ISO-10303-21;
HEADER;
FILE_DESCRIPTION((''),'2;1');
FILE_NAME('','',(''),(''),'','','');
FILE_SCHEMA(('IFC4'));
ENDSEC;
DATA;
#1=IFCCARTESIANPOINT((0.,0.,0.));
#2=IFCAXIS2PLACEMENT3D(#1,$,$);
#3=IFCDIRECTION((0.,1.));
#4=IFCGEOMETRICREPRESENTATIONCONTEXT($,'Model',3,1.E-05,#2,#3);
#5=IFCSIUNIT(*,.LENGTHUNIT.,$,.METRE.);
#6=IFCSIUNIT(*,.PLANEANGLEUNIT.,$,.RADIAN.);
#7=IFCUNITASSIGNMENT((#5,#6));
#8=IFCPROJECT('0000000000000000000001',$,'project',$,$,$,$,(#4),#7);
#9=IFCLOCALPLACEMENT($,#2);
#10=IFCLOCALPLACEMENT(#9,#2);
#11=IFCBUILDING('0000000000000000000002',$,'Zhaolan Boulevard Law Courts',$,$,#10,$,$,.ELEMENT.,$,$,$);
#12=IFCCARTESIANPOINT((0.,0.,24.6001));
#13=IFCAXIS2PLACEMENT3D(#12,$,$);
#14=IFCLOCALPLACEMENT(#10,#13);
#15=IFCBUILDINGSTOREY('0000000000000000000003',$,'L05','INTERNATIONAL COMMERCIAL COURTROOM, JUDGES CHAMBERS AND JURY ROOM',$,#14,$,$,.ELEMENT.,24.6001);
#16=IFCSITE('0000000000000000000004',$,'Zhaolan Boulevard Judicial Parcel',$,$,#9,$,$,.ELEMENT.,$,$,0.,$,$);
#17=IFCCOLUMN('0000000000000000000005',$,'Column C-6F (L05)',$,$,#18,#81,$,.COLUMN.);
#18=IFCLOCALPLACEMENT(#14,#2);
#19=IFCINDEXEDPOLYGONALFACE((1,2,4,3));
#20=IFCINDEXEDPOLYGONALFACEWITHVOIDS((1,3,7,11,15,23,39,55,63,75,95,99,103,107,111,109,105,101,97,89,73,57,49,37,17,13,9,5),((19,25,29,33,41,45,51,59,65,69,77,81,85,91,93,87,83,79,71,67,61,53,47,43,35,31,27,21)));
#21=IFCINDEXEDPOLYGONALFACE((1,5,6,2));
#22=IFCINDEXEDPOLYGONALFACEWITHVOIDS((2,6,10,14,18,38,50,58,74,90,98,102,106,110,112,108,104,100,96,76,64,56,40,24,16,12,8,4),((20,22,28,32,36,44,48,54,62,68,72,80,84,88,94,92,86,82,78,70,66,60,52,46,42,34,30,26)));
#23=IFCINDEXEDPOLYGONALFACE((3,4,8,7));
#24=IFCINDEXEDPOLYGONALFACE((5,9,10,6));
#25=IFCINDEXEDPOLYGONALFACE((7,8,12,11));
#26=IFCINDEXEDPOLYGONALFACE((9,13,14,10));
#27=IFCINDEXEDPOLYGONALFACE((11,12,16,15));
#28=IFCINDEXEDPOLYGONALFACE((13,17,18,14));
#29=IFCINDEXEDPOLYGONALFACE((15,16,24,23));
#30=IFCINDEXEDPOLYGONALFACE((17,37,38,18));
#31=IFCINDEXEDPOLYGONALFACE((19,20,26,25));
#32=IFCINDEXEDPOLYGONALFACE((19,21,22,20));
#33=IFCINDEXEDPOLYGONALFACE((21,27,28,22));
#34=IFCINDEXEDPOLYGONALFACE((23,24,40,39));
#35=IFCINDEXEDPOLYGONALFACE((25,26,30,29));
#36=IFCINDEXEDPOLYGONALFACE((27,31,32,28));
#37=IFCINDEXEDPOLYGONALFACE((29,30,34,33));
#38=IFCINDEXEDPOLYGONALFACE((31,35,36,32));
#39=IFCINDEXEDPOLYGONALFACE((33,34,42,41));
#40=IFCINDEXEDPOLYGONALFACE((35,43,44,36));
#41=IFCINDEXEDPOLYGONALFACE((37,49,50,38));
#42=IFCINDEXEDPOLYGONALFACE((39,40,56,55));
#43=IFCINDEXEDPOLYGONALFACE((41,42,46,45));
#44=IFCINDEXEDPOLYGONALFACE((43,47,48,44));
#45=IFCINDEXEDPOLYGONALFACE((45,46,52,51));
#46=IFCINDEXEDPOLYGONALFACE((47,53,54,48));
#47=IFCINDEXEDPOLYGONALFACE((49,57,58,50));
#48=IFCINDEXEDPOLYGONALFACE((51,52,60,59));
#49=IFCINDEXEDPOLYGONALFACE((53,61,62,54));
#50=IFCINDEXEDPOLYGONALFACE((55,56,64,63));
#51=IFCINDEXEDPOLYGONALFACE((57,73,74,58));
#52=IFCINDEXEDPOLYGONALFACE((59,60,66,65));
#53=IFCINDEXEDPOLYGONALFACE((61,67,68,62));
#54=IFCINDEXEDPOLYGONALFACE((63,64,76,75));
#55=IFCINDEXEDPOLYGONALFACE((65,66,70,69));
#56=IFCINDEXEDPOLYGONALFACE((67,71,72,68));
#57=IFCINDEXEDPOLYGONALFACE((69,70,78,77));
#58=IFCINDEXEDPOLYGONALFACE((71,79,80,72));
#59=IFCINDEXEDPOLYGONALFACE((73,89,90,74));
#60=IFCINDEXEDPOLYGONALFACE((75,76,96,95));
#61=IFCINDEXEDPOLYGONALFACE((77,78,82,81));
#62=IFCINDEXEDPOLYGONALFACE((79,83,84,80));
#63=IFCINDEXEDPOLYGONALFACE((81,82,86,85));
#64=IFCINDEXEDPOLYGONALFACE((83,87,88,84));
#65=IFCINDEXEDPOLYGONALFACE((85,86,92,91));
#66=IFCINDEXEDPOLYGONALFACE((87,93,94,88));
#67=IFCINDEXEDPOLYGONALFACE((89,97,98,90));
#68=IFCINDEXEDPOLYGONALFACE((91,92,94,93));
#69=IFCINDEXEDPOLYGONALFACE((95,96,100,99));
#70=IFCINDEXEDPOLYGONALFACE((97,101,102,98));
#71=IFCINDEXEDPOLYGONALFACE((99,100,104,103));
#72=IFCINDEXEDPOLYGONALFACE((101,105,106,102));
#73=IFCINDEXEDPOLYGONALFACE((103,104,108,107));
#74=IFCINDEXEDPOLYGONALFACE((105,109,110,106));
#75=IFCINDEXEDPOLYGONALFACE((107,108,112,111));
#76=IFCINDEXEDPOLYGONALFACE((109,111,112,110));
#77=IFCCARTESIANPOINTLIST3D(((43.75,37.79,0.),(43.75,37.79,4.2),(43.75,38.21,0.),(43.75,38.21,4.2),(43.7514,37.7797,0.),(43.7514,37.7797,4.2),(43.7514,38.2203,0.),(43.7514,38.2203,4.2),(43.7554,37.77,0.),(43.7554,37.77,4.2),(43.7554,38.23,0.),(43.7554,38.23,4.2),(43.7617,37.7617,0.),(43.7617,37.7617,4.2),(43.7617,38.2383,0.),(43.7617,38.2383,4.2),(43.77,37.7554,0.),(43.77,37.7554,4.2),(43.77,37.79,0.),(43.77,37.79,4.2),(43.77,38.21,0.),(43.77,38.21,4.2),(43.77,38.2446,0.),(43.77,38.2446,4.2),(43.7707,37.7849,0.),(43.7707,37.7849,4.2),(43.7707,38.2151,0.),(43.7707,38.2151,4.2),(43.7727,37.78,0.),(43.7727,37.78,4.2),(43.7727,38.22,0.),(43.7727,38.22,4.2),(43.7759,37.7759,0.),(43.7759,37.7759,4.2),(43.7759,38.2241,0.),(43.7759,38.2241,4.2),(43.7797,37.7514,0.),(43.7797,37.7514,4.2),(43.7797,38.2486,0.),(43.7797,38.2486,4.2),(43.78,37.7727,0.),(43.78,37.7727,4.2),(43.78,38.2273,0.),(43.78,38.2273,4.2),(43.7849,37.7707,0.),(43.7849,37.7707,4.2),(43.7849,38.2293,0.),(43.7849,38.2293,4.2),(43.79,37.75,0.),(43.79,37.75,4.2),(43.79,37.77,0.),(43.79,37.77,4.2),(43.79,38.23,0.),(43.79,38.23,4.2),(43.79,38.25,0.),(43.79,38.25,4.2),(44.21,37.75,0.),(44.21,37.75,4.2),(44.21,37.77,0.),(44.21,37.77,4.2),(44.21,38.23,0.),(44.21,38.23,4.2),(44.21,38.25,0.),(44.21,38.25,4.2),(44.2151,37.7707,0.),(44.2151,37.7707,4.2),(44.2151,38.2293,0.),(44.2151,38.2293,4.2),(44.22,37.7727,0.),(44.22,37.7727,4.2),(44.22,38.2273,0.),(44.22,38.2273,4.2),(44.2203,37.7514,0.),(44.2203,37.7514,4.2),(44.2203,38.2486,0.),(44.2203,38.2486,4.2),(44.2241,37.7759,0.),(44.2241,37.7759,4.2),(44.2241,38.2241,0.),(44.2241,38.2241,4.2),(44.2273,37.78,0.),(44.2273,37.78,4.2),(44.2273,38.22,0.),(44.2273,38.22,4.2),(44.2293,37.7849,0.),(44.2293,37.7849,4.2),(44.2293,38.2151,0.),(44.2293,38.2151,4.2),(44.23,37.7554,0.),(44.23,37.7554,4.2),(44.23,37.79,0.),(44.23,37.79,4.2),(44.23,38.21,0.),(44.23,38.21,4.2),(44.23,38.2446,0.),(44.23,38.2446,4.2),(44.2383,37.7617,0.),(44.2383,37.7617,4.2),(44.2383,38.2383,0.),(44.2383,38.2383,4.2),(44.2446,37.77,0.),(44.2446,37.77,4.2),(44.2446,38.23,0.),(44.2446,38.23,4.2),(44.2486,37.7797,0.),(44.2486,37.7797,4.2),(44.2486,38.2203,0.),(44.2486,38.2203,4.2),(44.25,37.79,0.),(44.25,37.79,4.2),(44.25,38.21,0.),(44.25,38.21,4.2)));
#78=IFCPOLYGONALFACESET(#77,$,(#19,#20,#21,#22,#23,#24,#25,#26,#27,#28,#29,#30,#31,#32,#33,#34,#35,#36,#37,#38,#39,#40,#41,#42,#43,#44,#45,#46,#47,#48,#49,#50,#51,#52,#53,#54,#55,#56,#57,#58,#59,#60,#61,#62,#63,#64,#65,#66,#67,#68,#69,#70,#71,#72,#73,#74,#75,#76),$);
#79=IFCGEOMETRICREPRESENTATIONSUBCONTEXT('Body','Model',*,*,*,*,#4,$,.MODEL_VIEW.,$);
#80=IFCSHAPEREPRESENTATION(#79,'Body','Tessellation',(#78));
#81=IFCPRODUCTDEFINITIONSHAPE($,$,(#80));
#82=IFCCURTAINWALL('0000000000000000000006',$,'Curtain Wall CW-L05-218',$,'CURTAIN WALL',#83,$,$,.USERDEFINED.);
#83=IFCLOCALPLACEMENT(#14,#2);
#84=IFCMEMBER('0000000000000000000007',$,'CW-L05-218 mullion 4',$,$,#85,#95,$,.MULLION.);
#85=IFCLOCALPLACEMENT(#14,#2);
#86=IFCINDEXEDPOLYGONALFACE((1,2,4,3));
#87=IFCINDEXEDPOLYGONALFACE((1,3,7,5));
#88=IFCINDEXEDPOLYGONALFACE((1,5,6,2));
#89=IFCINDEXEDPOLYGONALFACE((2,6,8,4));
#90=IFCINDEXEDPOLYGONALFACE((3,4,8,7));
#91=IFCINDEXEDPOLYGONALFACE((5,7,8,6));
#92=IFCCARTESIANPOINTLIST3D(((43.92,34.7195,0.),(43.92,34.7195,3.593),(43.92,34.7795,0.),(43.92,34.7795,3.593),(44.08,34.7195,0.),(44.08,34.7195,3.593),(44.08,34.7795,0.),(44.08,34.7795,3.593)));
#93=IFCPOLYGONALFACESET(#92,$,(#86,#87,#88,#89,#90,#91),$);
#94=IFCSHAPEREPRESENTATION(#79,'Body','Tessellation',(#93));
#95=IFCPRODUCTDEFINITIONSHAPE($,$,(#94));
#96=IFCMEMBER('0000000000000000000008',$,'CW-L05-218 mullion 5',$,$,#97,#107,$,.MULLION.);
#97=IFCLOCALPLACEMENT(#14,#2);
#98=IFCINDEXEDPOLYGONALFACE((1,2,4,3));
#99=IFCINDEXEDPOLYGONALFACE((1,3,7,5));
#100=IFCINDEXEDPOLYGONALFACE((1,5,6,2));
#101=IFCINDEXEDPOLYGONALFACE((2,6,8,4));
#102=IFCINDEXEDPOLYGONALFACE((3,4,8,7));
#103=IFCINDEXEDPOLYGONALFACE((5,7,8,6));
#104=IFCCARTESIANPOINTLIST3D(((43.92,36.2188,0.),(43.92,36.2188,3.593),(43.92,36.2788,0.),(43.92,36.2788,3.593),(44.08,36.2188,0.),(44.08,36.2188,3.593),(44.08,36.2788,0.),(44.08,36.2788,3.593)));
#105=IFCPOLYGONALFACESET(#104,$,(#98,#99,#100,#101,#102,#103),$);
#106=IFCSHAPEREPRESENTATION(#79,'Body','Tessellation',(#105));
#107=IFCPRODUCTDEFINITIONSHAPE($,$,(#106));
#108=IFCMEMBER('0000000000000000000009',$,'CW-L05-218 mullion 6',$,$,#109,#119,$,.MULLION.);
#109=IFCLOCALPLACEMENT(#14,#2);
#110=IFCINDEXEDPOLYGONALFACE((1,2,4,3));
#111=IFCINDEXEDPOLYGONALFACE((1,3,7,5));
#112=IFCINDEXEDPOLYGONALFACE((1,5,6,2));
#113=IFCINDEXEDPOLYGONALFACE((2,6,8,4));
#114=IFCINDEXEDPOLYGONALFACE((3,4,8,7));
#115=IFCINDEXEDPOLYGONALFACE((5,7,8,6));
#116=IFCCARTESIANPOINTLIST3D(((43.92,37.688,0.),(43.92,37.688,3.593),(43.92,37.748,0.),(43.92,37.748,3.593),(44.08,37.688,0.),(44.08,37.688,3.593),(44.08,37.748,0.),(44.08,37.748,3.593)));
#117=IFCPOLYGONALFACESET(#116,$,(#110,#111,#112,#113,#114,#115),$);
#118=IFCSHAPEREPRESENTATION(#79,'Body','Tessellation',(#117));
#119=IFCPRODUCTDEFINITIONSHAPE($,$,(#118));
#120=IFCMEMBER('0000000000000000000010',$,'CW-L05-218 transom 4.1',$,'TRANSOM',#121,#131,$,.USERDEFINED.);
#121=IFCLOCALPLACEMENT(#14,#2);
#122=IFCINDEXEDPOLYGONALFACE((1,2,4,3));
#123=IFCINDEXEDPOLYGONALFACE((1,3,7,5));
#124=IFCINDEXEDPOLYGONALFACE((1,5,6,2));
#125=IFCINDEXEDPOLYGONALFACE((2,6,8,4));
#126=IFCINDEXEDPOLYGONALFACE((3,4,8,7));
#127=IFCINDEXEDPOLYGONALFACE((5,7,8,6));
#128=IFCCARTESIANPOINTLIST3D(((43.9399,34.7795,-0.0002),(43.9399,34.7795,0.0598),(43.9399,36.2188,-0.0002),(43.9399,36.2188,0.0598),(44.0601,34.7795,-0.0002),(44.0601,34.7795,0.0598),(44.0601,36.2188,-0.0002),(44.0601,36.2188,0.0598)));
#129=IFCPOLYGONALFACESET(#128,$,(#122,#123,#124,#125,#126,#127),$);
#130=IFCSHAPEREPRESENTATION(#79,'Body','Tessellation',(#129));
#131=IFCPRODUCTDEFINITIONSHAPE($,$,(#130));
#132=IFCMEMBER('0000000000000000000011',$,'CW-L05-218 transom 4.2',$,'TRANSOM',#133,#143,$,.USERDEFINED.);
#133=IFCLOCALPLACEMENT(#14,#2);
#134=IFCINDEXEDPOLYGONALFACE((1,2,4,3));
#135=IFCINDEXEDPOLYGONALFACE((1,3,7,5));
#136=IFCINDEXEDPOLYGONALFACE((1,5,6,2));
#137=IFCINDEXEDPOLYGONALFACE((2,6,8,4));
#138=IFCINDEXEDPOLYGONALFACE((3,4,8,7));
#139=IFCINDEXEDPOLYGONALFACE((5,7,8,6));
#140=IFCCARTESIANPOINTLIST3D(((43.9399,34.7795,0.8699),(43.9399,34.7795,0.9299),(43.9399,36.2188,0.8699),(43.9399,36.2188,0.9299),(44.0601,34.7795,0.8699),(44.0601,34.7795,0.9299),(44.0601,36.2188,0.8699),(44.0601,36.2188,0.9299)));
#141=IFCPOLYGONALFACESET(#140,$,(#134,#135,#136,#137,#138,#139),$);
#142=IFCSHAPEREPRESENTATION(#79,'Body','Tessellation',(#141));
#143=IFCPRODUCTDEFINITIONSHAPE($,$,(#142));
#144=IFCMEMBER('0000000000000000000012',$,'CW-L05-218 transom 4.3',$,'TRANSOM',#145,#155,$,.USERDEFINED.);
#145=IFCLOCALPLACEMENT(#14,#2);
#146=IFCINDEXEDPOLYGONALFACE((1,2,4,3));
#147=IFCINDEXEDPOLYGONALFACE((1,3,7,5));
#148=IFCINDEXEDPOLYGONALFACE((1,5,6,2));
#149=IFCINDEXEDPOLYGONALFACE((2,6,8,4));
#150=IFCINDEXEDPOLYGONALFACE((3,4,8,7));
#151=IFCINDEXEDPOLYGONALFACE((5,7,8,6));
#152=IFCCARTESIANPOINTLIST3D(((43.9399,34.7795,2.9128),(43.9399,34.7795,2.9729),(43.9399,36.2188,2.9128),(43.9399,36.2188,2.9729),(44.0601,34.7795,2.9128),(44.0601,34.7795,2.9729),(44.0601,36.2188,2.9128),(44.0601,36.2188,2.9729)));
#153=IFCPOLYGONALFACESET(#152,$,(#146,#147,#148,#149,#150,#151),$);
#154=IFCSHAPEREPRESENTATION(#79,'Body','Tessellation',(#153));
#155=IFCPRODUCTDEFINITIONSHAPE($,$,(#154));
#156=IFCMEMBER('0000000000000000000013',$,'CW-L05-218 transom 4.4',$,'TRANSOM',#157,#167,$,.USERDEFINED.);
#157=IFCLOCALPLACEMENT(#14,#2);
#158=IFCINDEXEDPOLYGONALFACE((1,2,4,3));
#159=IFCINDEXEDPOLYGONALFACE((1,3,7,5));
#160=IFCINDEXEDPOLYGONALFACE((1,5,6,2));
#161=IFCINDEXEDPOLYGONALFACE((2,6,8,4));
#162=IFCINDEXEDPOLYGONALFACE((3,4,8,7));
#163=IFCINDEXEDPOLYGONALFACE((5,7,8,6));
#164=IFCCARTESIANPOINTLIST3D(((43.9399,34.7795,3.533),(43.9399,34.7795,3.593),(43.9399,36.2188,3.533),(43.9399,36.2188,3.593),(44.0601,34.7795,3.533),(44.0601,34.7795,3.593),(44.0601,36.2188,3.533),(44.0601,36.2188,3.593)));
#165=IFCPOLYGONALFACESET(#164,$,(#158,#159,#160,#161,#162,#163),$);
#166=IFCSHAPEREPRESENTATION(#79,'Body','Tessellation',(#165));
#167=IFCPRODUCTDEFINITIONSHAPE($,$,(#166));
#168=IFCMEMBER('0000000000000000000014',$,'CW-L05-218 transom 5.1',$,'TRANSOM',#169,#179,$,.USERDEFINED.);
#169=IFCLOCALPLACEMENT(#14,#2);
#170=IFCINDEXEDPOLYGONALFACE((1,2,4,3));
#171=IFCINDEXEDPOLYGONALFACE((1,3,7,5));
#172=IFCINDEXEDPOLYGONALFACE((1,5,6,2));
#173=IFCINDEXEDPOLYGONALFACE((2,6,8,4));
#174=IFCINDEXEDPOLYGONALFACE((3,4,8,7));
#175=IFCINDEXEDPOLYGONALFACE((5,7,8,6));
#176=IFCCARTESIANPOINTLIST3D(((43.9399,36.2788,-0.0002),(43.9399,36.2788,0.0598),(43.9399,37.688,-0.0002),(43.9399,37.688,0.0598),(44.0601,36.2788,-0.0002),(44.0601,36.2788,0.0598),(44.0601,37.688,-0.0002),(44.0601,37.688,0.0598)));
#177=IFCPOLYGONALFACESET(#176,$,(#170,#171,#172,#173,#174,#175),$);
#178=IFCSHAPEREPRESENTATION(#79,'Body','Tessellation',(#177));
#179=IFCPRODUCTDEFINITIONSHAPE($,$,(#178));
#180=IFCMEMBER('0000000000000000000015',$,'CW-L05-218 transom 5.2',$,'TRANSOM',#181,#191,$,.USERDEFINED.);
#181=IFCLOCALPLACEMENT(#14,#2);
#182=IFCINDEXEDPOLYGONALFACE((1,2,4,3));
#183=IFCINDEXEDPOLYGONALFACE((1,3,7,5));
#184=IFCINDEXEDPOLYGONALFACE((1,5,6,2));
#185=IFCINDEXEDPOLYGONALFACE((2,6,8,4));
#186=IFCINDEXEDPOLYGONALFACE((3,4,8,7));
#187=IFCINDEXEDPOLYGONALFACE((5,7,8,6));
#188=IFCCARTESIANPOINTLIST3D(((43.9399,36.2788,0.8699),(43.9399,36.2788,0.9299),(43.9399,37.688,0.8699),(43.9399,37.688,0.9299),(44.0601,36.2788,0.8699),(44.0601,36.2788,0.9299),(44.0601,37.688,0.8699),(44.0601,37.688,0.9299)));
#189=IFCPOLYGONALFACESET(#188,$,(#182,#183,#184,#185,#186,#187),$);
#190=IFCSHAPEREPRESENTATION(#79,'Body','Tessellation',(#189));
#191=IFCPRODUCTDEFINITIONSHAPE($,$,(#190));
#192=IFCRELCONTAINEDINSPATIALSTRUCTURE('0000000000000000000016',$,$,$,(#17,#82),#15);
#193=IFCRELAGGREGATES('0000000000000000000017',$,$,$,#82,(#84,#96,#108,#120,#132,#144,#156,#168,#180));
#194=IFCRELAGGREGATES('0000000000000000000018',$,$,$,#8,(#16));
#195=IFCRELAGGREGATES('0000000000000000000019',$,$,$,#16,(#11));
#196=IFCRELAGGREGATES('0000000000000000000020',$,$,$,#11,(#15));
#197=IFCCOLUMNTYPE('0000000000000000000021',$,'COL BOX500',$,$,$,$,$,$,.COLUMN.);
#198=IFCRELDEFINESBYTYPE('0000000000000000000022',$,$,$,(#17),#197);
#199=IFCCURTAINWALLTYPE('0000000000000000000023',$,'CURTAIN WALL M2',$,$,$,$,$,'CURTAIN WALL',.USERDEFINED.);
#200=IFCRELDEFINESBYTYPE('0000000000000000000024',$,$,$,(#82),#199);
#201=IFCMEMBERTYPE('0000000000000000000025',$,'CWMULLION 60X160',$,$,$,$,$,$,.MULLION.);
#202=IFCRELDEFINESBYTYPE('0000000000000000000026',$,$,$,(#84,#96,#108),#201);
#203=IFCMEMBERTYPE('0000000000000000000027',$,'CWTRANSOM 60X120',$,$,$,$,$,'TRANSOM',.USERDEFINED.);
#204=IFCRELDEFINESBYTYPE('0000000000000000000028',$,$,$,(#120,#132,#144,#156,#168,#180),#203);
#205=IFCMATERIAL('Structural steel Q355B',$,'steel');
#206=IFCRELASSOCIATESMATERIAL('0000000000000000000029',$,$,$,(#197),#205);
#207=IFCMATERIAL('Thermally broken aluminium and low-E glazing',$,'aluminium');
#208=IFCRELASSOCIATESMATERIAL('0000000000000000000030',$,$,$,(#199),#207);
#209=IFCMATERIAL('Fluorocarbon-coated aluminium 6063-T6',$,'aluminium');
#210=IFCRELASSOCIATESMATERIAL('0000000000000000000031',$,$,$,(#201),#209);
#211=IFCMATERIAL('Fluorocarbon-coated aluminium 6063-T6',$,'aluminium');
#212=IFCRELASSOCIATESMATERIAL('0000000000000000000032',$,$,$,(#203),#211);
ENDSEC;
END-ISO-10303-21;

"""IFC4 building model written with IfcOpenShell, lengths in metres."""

from ifc_helpers import new_model, si_unit, direction, frame, origin, origin_2d, place, context, subcontext, project, spatial, rectangle, hollow_rectangle, extrude, material, material_profile, profile_set, type_object, element, aggregate, save


model = new_model("IFC4")

# Units and contexts
model_context = context("Model", 3, precision=1e-05, world=origin(), true_north=direction((0.0, 1.0)))
body_context = subcontext(model_context, "Body", "Model", "MODEL_VIEW")
ifc_project = project(units=[si_unit("LENGTHUNIT", "METRE"), si_unit("PLANEANGLEUNIT", "RADIAN")], contexts=[model_context])

# Site, building, storey
site_placement = place(None, origin())
site = spatial("IfcSite", under=ifc_project, at=site_placement, Name="Zhaolan Boulevard Judicial Parcel", CompositionType="ELEMENT", RefElevation=0.0)
building_placement = place(site_placement, origin())
building = spatial("IfcBuilding", under=site, at=building_placement, Name="Zhaolan Boulevard Law Courts", CompositionType="ELEMENT")
storey_placement = place(building_placement, frame((0.0, 0.0, 24.6001)))
storey = spatial("IfcBuildingStorey", under=building, at=storey_placement, Name="L05", Description="INTERNATIONAL COMMERCIAL COURTROOM, JUDGES CHAMBERS AND JURY ROOM", CompositionType="ELEMENT", Elevation=24.6001)

# Column
ifc_material_1 = material(Name="Structural steel Q355B", Category="steel")
ifc_material_profile_1 = material_profile(ifc_material_1, hollow_rectangle(XDim=0.5, YDim=0.5, WallThickness=0.02, InnerFilletRadius=0.02, OuterFilletRadius=0.04, at=origin_2d()), Name="BOX500x500x20")
ifc_profile_set_1 = profile_set([ifc_material_profile_1], Name="Structural steel Q355B")
column_type = type_object("IfcColumnType", Name="COL BOX500", PredefinedType="COLUMN", material=ifc_profile_set_1)
column_placement = place(storey_placement, frame((44.0, 38.0, 0.0), z_axis=(0.0, 0.0, 1.0), x_axis=(1.0, 0.0, 0.0)))
element("IfcColumn", 1, at=column_placement, inside=storey, type_object=column_type, Name="Column C-6F (L05)", PredefinedType="COLUMN", context=body_context, shape_type="SweptSolid", body=[
    extrude(hollow_rectangle(XDim=0.5, YDim=0.5, WallThickness=0.02, InnerFilletRadius=0.02, OuterFilletRadius=0.04, at=origin_2d()), origin(), (0.0, 0.0, 1.0), 4.2),
])

# Curtain wall, members
ifc_material_2 = material(Name="Thermally broken aluminium and low-E glazing", Category="aluminium")
curtain_wall_type = type_object("IfcCurtainWallType", Name="CURTAIN WALL M2", ElementType="CURTAIN WALL", PredefinedType="USERDEFINED", material=ifc_material_2)
curtain_wall_placement = place(storey_placement, origin())
curtain_wall = element("IfcCurtainWall", 2, at=curtain_wall_placement, inside=storey, type_object=curtain_wall_type, Name="Curtain Wall CW-L05-218", ObjectType="CURTAIN WALL", PredefinedType="USERDEFINED")
ifc_material_3 = material(Name="Fluorocarbon-coated aluminium 6063-T6", Category="aluminium")
ifc_material_profile_2 = material_profile(ifc_material_3, rectangle(XDim=0.1599, YDim=0.0601, at=origin_2d()), Name="AL60x160")
ifc_profile_set_2 = profile_set([ifc_material_profile_2], Name="Fluorocarbon-coated aluminium 6063-T6")
member_type_1 = type_object("IfcMemberType", Name="CWMULLION 60X160", PredefinedType="MULLION", material=ifc_profile_set_2)
member_1_placement = place(storey_placement, frame((44.0, 34.7495, 0.0), z_axis=(0.0, 0.0, 1.0), x_axis=(-1.0, 0.0, 0.0)))
member_1 = element("IfcMember", 3, at=member_1_placement, type_object=member_type_1, Name="CW-L05-218 mullion 4", PredefinedType="MULLION", context=body_context, shape_type="SweptSolid", body=[
    extrude(rectangle(XDim=0.1599, YDim=0.0601, at=origin_2d()), origin(), (0.0, 0.0, 1.0), 3.593),
])
member_2_placement = place(storey_placement, frame((44.0, 36.2488, 0.0), z_axis=(0.0, 0.0, 1.0), x_axis=(-1.0, 0.0, 0.0)))
member_2 = element("IfcMember", 4, at=member_2_placement, type_object=member_type_1, Name="CW-L05-218 mullion 5", PredefinedType="MULLION", context=body_context, shape_type="SweptSolid", body=[
    extrude(rectangle(XDim=0.1599, YDim=0.0601, at=origin_2d()), origin(), (0.0, 0.0, 1.0), 3.593),
])
member_3_placement = place(storey_placement, frame((44.0, 37.718, 0.0), z_axis=(0.0, 0.0, 1.0), x_axis=(-1.0, 0.0, 0.0)))
member_3 = element("IfcMember", 5, at=member_3_placement, type_object=member_type_1, Name="CW-L05-218 mullion 6", PredefinedType="MULLION", context=body_context, shape_type="SweptSolid", body=[
    extrude(rectangle(XDim=0.1599, YDim=0.0601, at=origin_2d()), origin(), (0.0, 0.0, 1.0), 3.593),
])
ifc_material_4 = material(Name="Fluorocarbon-coated aluminium 6063-T6", Category="aluminium")
ifc_material_profile_3 = material_profile(ifc_material_4, rectangle(XDim=0.1201, YDim=0.0601, at=origin_2d()), Name="AL60x120")
ifc_profile_set_3 = profile_set([ifc_material_profile_3], Name="Fluorocarbon-coated aluminium 6063-T6")
member_type_2 = type_object("IfcMemberType", Name="CWTRANSOM 60X120", ElementType="TRANSOM", PredefinedType="USERDEFINED", material=ifc_profile_set_3)
member_4_placement = place(storey_placement, frame((44.0, 34.7795, 0.0298), z_axis=(0.0, 1.0, 0.0), x_axis=(-1.0, 0.0, 0.0)))
member_4 = element("IfcMember", 6, at=member_4_placement, type_object=member_type_2, Name="CW-L05-218 transom 4.1", ObjectType="TRANSOM", PredefinedType="USERDEFINED", context=body_context, shape_type="SweptSolid", body=[
    extrude(rectangle(XDim=0.1201, YDim=0.0601, at=origin_2d()), origin(), (0.0, 0.0, 1.0), 1.4392),
])
member_5_placement = place(storey_placement, frame((44.0, 34.7795, 0.8999), z_axis=(0.0, 1.0, 0.0), x_axis=(-1.0, 0.0, 0.0)))
member_5 = element("IfcMember", 7, at=member_5_placement, type_object=member_type_2, Name="CW-L05-218 transom 4.2", ObjectType="TRANSOM", PredefinedType="USERDEFINED", context=body_context, shape_type="SweptSolid", body=[
    extrude(rectangle(XDim=0.1201, YDim=0.0601, at=origin_2d()), origin(), (0.0, 0.0, 1.0), 1.4392),
])
member_6_placement = place(storey_placement, frame((44.0, 34.7795, 2.9429), z_axis=(0.0, 1.0, 0.0), x_axis=(-1.0, 0.0, 0.0)))
member_6 = element("IfcMember", 8, at=member_6_placement, type_object=member_type_2, Name="CW-L05-218 transom 4.3", ObjectType="TRANSOM", PredefinedType="USERDEFINED", context=body_context, shape_type="SweptSolid", body=[
    extrude(rectangle(XDim=0.1201, YDim=0.0601, at=origin_2d()), origin(), (0.0, 0.0, 1.0), 1.4392),
])
member_7_placement = place(storey_placement, frame((44.0, 34.7795, 3.563), z_axis=(0.0, 1.0, 0.0), x_axis=(-1.0, 0.0, 0.0)))
member_7 = element("IfcMember", 9, at=member_7_placement, type_object=member_type_2, Name="CW-L05-218 transom 4.4", ObjectType="TRANSOM", PredefinedType="USERDEFINED", context=body_context, shape_type="SweptSolid", body=[
    extrude(rectangle(XDim=0.1201, YDim=0.0601, at=origin_2d()), origin(), (0.0, 0.0, 1.0), 1.4392),
])
member_8_placement = place(storey_placement, frame((44.0, 36.2788, 0.0298), z_axis=(0.0, 1.0, 0.0), x_axis=(-1.0, 0.0, 0.0)))
member_8 = element("IfcMember", 10, at=member_8_placement, type_object=member_type_2, Name="CW-L05-218 transom 5.1", ObjectType="TRANSOM", PredefinedType="USERDEFINED", context=body_context, shape_type="SweptSolid", body=[
    extrude(rectangle(XDim=0.1201, YDim=0.0601, at=origin_2d()), origin(), (0.0, 0.0, 1.0), 1.4092),
])
member_9_placement = place(storey_placement, frame((44.0, 36.2788, 0.8999), z_axis=(0.0, 1.0, 0.0), x_axis=(-1.0, 0.0, 0.0)))
member_9 = element("IfcMember", 11, at=member_9_placement, type_object=member_type_2, Name="CW-L05-218 transom 5.2", ObjectType="TRANSOM", PredefinedType="USERDEFINED", context=body_context, shape_type="SweptSolid", body=[
    extrude(rectangle(XDim=0.1201, YDim=0.0601, at=origin_2d()), origin(), (0.0, 0.0, 1.0), 1.4092),
])

aggregate(curtain_wall, [member_1, member_2, member_3, member_4, member_5, member_6, member_7, member_8, member_9])

save(model, "model.ifc")
